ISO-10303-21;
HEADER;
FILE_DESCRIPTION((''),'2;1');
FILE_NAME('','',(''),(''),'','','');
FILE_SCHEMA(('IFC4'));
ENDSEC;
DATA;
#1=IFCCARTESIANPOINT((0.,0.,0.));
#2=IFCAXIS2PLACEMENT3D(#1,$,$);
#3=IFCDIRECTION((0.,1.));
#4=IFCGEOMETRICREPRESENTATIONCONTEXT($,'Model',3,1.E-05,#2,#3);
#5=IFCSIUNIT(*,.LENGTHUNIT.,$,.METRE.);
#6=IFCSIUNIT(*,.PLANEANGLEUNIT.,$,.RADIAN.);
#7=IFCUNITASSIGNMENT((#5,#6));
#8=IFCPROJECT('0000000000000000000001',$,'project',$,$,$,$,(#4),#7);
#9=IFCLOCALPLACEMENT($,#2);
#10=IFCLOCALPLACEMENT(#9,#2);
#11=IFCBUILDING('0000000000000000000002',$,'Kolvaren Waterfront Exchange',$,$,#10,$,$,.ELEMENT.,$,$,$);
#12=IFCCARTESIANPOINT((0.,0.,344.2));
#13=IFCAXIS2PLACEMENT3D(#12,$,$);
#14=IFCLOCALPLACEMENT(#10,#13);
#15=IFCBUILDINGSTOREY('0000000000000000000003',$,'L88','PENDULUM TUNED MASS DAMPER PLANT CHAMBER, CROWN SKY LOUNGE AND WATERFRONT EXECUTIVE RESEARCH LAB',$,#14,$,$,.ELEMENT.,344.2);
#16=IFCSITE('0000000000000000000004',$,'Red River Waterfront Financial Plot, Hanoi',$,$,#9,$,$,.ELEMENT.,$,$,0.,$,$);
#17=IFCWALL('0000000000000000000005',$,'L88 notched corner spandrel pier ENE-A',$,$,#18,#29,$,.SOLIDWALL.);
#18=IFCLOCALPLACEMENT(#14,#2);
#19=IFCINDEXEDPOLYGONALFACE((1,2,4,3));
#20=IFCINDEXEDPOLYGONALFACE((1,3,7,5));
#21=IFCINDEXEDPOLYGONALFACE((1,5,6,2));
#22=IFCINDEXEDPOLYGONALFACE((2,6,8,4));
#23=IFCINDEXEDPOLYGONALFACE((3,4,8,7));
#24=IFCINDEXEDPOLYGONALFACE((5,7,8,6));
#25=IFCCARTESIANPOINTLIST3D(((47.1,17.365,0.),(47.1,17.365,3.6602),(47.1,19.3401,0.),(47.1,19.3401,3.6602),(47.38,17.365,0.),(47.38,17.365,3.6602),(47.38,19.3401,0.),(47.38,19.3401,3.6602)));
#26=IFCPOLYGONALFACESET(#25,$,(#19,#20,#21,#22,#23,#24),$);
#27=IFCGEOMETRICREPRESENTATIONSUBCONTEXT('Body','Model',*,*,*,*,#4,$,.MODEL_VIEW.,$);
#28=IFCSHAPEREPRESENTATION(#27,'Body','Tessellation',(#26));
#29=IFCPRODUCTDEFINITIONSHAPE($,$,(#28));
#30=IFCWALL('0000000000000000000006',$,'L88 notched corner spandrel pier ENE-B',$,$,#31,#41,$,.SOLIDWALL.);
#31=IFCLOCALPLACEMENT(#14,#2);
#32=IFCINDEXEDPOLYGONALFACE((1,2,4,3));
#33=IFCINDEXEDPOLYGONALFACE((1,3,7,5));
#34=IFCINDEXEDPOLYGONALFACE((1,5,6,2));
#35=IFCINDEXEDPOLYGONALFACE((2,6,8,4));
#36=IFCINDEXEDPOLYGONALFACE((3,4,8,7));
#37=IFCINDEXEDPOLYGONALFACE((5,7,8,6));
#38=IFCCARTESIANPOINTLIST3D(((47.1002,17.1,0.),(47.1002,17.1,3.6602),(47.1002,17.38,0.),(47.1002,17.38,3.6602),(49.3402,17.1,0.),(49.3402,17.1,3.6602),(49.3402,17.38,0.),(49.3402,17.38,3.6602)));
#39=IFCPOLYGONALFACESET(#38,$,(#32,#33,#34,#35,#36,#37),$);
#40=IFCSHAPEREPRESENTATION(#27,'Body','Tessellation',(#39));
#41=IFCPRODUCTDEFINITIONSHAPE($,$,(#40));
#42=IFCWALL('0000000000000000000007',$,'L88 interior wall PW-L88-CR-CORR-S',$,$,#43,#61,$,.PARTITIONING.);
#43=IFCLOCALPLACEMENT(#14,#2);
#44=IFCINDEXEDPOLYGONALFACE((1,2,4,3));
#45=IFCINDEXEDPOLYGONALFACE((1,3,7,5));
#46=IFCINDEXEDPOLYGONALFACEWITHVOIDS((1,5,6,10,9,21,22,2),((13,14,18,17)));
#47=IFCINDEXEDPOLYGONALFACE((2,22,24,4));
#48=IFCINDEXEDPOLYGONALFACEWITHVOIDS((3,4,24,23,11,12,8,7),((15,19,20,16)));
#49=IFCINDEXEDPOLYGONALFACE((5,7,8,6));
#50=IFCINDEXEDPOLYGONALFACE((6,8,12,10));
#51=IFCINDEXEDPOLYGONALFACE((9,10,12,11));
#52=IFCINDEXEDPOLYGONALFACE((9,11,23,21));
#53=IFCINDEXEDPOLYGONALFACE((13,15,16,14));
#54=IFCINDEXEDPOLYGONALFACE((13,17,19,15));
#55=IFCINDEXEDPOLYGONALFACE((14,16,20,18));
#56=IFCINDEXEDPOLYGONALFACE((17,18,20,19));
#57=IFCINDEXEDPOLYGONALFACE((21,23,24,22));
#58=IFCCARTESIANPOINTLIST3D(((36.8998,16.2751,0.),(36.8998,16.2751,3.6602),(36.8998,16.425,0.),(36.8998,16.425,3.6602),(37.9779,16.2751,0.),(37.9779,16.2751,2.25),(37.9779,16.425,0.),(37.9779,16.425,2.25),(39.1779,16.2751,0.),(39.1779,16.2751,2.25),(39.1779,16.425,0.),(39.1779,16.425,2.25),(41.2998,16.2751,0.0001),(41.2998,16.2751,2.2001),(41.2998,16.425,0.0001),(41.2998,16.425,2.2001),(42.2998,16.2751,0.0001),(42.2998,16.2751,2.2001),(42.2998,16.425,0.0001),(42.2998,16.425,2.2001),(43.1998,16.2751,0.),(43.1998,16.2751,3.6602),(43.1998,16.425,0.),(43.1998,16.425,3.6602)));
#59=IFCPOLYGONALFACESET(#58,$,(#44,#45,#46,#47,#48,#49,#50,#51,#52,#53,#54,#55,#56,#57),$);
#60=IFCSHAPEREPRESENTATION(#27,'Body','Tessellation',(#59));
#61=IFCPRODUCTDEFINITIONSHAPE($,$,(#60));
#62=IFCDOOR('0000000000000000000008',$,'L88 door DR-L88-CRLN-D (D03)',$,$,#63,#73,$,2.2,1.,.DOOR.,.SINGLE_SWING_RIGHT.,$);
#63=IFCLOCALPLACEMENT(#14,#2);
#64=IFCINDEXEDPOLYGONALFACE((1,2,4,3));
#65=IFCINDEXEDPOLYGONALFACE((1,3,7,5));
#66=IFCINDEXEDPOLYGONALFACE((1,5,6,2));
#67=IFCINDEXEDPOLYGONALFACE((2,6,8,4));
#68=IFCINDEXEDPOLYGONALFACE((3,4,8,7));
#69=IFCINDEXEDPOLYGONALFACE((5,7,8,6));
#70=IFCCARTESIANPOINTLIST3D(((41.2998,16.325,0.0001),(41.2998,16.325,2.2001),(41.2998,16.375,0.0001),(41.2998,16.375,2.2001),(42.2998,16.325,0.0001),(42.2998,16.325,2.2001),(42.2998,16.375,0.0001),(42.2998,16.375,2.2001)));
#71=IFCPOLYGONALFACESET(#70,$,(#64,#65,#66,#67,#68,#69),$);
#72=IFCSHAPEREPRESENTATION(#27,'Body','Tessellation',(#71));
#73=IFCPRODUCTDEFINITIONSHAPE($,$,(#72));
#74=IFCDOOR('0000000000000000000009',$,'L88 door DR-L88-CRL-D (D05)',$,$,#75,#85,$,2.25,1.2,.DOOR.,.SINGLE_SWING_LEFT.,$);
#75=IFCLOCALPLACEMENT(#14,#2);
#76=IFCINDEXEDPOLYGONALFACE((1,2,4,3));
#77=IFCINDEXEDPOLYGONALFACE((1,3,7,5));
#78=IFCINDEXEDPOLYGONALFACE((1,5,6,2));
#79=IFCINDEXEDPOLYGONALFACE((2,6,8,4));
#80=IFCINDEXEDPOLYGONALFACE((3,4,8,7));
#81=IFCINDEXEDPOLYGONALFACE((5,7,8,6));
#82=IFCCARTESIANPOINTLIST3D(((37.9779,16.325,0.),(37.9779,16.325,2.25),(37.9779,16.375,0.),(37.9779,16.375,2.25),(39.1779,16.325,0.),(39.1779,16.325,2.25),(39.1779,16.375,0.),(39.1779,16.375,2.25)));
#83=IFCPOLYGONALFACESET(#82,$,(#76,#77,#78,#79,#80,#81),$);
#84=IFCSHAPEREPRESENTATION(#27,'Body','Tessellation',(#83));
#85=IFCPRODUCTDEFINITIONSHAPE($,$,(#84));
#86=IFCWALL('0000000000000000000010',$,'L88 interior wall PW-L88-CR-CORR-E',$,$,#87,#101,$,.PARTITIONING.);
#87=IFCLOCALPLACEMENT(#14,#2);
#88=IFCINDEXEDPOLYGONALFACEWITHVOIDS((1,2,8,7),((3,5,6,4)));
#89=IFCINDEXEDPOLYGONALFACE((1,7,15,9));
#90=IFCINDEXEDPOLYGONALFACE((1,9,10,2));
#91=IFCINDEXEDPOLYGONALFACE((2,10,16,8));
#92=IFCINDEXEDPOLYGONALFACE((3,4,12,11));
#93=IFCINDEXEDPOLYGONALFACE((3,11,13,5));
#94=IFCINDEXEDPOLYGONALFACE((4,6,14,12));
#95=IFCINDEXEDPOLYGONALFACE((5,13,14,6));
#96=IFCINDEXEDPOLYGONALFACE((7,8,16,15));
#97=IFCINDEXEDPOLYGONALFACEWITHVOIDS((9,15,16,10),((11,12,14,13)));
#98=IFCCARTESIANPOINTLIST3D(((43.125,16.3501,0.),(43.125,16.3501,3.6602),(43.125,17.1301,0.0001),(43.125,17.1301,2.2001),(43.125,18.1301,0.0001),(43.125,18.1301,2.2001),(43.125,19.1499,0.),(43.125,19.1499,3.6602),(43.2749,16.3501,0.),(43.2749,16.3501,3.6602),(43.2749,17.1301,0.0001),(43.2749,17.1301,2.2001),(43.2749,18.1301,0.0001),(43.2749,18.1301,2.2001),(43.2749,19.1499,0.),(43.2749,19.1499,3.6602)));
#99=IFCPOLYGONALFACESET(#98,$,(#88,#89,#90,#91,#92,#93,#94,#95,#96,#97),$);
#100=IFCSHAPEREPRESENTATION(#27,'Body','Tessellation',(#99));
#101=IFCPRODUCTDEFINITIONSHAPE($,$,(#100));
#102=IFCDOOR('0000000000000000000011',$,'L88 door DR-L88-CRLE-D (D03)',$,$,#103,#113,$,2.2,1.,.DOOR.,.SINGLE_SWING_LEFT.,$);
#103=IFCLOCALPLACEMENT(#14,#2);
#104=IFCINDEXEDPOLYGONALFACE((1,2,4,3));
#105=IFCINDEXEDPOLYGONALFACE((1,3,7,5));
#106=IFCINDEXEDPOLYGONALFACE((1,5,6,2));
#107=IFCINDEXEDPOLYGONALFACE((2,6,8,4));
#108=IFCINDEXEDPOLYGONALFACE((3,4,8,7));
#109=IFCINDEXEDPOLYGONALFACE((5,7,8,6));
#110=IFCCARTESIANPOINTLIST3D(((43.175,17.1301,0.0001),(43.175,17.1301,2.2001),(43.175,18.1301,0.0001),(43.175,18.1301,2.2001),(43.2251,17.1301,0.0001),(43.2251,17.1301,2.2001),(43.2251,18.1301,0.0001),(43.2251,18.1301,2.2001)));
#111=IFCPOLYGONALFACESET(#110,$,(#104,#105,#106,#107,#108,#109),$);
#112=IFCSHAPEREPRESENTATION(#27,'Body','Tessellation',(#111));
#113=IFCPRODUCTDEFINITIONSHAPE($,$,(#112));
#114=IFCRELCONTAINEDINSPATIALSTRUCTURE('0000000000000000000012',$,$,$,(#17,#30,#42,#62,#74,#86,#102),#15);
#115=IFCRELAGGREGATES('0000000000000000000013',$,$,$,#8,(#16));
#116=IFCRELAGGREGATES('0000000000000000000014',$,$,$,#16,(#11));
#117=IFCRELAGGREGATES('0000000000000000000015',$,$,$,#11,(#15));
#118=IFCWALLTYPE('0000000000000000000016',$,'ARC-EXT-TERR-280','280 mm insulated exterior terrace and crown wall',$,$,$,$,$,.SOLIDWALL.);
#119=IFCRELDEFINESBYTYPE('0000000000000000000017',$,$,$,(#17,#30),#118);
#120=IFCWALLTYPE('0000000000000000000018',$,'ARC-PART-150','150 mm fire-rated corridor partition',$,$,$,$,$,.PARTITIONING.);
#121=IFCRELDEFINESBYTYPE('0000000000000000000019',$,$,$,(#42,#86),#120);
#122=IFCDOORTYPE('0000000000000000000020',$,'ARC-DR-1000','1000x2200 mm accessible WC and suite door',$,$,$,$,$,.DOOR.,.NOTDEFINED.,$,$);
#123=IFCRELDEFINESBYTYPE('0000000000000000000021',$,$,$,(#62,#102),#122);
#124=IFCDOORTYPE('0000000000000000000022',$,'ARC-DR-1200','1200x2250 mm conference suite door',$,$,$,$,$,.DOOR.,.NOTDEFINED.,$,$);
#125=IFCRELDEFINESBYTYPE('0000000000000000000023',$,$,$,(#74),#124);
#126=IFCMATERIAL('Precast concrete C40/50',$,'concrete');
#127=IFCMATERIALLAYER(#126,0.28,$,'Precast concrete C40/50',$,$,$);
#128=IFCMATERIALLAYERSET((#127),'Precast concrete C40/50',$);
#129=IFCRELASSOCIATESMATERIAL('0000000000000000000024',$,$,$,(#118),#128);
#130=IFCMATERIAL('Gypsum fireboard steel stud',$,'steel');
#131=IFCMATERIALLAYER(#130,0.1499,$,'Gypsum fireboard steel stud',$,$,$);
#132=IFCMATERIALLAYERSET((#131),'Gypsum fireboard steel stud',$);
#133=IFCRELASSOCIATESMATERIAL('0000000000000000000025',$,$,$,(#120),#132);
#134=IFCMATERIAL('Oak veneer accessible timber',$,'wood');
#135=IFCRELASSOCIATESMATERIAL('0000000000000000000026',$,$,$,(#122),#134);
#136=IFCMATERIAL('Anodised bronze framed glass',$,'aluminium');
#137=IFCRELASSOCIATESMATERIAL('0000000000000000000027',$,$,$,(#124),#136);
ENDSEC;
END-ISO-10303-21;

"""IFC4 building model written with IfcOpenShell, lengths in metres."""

from ifc_helpers import new_model, si_unit, direction, frame, frame_2d, origin, place, context, subcontext, project, spatial, rectangle, extrude, material, layer, layer_set, type_object, element, fill, save


model = new_model("IFC4")

# Units and contexts
model_context = context("Model", 3, precision=1e-05, world=origin(), true_north=direction((0.0, 1.0)))
body_context = subcontext(model_context, "Body", "Model", "MODEL_VIEW")
ifc_project = project(units=[si_unit("LENGTHUNIT", "METRE"), si_unit("PLANEANGLEUNIT", "RADIAN")], contexts=[model_context])

# Site, building, storey
site_placement = place(None, origin())
site = spatial("IfcSite", under=ifc_project, at=site_placement, Name="Red River Waterfront Financial Plot, Hanoi", CompositionType="ELEMENT", RefElevation=0.0)
building_placement = place(site_placement, origin())
building = spatial("IfcBuilding", under=site, at=building_placement, Name="Kolvaren Waterfront Exchange", CompositionType="ELEMENT")
storey_placement = place(building_placement, frame((0.0, 0.0, 344.2)))
storey = spatial("IfcBuildingStorey", under=building, at=storey_placement, Name="L88", Description="PENDULUM TUNED MASS DAMPER PLANT CHAMBER, CROWN SKY LOUNGE AND WATERFRONT EXECUTIVE RESEARCH LAB", CompositionType="ELEMENT", Elevation=344.2)

# Walls
ifc_material_1 = material(Name="Precast concrete C40/50", Category="concrete")
ifc_layer_1 = layer(ifc_material_1, 0.28, Name="Precast concrete C40/50")
ifc_layer_set_1 = layer_set([ifc_layer_1], Name="Precast concrete C40/50")
wall_type_1 = type_object("IfcWallType", Name="ARC-EXT-TERR-280", Description="280 mm insulated exterior terrace and crown wall", PredefinedType="SOLIDWALL", material=ifc_layer_set_1)
wall_1_placement = place(storey_placement, frame((47.24, 17.365, 0.0), z_axis=(0.0, 0.0, 1.0), x_axis=(0.0, 1.0, 0.0)))
element("IfcWall", 1, at=wall_1_placement, inside=storey, type_object=wall_type_1, Name="L88 notched corner spandrel pier ENE-A", PredefinedType="SOLIDWALL", context=body_context, shape_type="SweptSolid", body=[
    extrude(rectangle(XDim=1.9751, YDim=0.28, at=frame_2d((0.9875, 0.0))), origin(), (0.0, 0.0, 1.0), 3.6602),
])
wall_2_placement = place(storey_placement, frame((47.1001, 17.24, 0.0), z_axis=(0.0, 0.0, 1.0), x_axis=(1.0, 0.0, 0.0)))
element("IfcWall", 2, at=wall_2_placement, inside=storey, type_object=wall_type_1, Name="L88 notched corner spandrel pier ENE-B", PredefinedType="SOLIDWALL", context=body_context, shape_type="SweptSolid", body=[
    extrude(rectangle(XDim=2.24, YDim=0.28, at=frame_2d((1.1201, 0.0))), origin(), (0.0, 0.0, 1.0), 3.6602),
])

# Wall, openings, doors
ifc_material_2 = material(Name="Gypsum fireboard steel stud", Category="steel")
ifc_layer_2 = layer(ifc_material_2, 0.1499, Name="Gypsum fireboard steel stud")
ifc_layer_set_2 = layer_set([ifc_layer_2], Name="Gypsum fireboard steel stud")
wall_type_2 = type_object("IfcWallType", Name="ARC-PART-150", Description="150 mm fire-rated corridor partition", PredefinedType="PARTITIONING", material=ifc_layer_set_2)
wall_3_placement = place(storey_placement, frame((36.8999, 16.3501, 0.0), z_axis=(0.0, 0.0, 1.0), x_axis=(1.0, 0.0, 0.0)))
wall_3 = element("IfcWall", 3, at=wall_3_placement, inside=storey, type_object=wall_type_2, Name="L88 interior wall PW-L88-CR-CORR-S", PredefinedType="PARTITIONING", context=body_context, shape_type="SweptSolid", body=[
    extrude(rectangle(XDim=6.3, YDim=0.1499, at=frame_2d((3.1499, 0.0))), origin(), (0.0, 0.0, 1.0), 3.6602),
])
opening_1_placement = place(wall_3_placement, frame((1.0779, 0.0, 0.0)))
opening_1 = element("IfcOpeningElement", 4, at=opening_1_placement, cuts=wall_3, PredefinedType="OPENING", context=body_context, shape_type="SweptSolid", body=[
    extrude(rectangle(XDim=1.2, YDim=2.25, at=frame_2d((0.6001, 1.125))), frame((0.0, 0.085, 0.0), z_axis=(0.0, -1.0, 0.0), x_axis=(1.0, 0.0, 0.0)), (0.0, 0.0, 1.0), 0.1699),
])
opening_2_placement = place(wall_3_placement, frame((4.3999, 0.0, 0.0)))
opening_2 = element("IfcOpeningElement", 5, at=opening_2_placement, cuts=wall_3, PredefinedType="OPENING", context=body_context, shape_type="SweptSolid", body=[
    extrude(rectangle(XDim=1.0, YDim=2.2, at=frame_2d((0.5, 1.1001))), frame((0.0, 0.085, 0.0), z_axis=(0.0, -1.0, 0.0), x_axis=(1.0, 0.0, 0.0)), (0.0, 0.0, 1.0), 0.1699),
])
ifc_material_3 = material(Name="Oak veneer accessible timber", Category="wood")
door_type_1 = type_object("IfcDoorType", Name="ARC-DR-1000", Description="1000x2200 mm accessible WC and suite door", OperationType="NOTDEFINED", PredefinedType="DOOR", material=ifc_material_3)
door_1_placement = place(opening_2_placement, origin())
door_1 = element("IfcDoor", 6, at=door_1_placement, inside=storey, type_object=door_type_1, Name="L88 door DR-L88-CRLN-D (D03)", OperationType="SINGLE_SWING_RIGHT", OverallHeight=2.2, OverallWidth=1.0, PredefinedType="DOOR", context=body_context, shape_type="SweptSolid", body=[
    extrude(rectangle(XDim=1.0, YDim=2.2, at=frame_2d((0.5, 1.1001))), frame((0.0, 0.0249, 0.0), z_axis=(0.0, -1.0, 0.0), x_axis=(1.0, 0.0, 0.0)), (0.0, 0.0, 1.0), 0.05),
])
fill(opening_2, door_1)
ifc_material_4 = material(Name="Anodised bronze framed glass", Category="aluminium")
door_type_2 = type_object("IfcDoorType", Name="ARC-DR-1200", Description="1200x2250 mm conference suite door", OperationType="NOTDEFINED", PredefinedType="DOOR", material=ifc_material_4)
door_2_placement = place(opening_1_placement, origin())
door_2 = element("IfcDoor", 7, at=door_2_placement, inside=storey, type_object=door_type_2, Name="L88 door DR-L88-CRL-D (D05)", OperationType="SINGLE_SWING_LEFT", OverallHeight=2.25, OverallWidth=1.2, PredefinedType="DOOR", context=body_context, shape_type="SweptSolid", body=[
    extrude(rectangle(XDim=1.2, YDim=2.25, at=frame_2d((0.6001, 1.125))), frame((0.0, 0.0249, 0.0), z_axis=(0.0, -1.0, 0.0), x_axis=(1.0, 0.0, 0.0)), (0.0, 0.0, 1.0), 0.05),
])
fill(opening_1, door_2)

# Wall, opening, door
wall_4_placement = place(storey_placement, frame((43.2, 16.3501, 0.0), z_axis=(0.0, 0.0, 1.0), x_axis=(0.0, 1.0, 0.0)))
wall_4 = element("IfcWall", 8, at=wall_4_placement, inside=storey, type_object=wall_type_2, Name="L88 interior wall PW-L88-CR-CORR-E", PredefinedType="PARTITIONING", context=body_context, shape_type="SweptSolid", body=[
    extrude(rectangle(XDim=2.7998, YDim=0.1499, at=frame_2d((1.3999, 0.0))), origin(), (0.0, 0.0, 1.0), 3.6602),
])
opening_3_placement = place(wall_4_placement, frame((0.78, 0.0, 0.0)))
opening_3 = element("IfcOpeningElement", 9, at=opening_3_placement, cuts=wall_4, PredefinedType="OPENING", context=body_context, shape_type="SweptSolid", body=[
    extrude(rectangle(XDim=1.0, YDim=2.2, at=frame_2d((0.5, 1.1001))), frame((0.0, 0.085, 0.0), z_axis=(0.0, -1.0, 0.0), x_axis=(1.0, 0.0, 0.0)), (0.0, 0.0, 1.0), 0.1699),
])
door_3_placement = place(opening_3_placement, origin())
door_3 = element("IfcDoor", 10, at=door_3_placement, inside=storey, type_object=door_type_1, Name="L88 door DR-L88-CRLE-D (D03)", OperationType="SINGLE_SWING_LEFT", OverallHeight=2.2, OverallWidth=1.0, PredefinedType="DOOR", context=body_context, shape_type="SweptSolid", body=[
    extrude(rectangle(XDim=1.0, YDim=2.2, at=frame_2d((0.5, 1.1001))), frame((0.0, 0.0249, 0.0), z_axis=(0.0, -1.0, 0.0), x_axis=(1.0, 0.0, 0.0)), (0.0, 0.0, 1.0), 0.05),
])
fill(opening_3, door_3)

save(model, "model.ifc")
